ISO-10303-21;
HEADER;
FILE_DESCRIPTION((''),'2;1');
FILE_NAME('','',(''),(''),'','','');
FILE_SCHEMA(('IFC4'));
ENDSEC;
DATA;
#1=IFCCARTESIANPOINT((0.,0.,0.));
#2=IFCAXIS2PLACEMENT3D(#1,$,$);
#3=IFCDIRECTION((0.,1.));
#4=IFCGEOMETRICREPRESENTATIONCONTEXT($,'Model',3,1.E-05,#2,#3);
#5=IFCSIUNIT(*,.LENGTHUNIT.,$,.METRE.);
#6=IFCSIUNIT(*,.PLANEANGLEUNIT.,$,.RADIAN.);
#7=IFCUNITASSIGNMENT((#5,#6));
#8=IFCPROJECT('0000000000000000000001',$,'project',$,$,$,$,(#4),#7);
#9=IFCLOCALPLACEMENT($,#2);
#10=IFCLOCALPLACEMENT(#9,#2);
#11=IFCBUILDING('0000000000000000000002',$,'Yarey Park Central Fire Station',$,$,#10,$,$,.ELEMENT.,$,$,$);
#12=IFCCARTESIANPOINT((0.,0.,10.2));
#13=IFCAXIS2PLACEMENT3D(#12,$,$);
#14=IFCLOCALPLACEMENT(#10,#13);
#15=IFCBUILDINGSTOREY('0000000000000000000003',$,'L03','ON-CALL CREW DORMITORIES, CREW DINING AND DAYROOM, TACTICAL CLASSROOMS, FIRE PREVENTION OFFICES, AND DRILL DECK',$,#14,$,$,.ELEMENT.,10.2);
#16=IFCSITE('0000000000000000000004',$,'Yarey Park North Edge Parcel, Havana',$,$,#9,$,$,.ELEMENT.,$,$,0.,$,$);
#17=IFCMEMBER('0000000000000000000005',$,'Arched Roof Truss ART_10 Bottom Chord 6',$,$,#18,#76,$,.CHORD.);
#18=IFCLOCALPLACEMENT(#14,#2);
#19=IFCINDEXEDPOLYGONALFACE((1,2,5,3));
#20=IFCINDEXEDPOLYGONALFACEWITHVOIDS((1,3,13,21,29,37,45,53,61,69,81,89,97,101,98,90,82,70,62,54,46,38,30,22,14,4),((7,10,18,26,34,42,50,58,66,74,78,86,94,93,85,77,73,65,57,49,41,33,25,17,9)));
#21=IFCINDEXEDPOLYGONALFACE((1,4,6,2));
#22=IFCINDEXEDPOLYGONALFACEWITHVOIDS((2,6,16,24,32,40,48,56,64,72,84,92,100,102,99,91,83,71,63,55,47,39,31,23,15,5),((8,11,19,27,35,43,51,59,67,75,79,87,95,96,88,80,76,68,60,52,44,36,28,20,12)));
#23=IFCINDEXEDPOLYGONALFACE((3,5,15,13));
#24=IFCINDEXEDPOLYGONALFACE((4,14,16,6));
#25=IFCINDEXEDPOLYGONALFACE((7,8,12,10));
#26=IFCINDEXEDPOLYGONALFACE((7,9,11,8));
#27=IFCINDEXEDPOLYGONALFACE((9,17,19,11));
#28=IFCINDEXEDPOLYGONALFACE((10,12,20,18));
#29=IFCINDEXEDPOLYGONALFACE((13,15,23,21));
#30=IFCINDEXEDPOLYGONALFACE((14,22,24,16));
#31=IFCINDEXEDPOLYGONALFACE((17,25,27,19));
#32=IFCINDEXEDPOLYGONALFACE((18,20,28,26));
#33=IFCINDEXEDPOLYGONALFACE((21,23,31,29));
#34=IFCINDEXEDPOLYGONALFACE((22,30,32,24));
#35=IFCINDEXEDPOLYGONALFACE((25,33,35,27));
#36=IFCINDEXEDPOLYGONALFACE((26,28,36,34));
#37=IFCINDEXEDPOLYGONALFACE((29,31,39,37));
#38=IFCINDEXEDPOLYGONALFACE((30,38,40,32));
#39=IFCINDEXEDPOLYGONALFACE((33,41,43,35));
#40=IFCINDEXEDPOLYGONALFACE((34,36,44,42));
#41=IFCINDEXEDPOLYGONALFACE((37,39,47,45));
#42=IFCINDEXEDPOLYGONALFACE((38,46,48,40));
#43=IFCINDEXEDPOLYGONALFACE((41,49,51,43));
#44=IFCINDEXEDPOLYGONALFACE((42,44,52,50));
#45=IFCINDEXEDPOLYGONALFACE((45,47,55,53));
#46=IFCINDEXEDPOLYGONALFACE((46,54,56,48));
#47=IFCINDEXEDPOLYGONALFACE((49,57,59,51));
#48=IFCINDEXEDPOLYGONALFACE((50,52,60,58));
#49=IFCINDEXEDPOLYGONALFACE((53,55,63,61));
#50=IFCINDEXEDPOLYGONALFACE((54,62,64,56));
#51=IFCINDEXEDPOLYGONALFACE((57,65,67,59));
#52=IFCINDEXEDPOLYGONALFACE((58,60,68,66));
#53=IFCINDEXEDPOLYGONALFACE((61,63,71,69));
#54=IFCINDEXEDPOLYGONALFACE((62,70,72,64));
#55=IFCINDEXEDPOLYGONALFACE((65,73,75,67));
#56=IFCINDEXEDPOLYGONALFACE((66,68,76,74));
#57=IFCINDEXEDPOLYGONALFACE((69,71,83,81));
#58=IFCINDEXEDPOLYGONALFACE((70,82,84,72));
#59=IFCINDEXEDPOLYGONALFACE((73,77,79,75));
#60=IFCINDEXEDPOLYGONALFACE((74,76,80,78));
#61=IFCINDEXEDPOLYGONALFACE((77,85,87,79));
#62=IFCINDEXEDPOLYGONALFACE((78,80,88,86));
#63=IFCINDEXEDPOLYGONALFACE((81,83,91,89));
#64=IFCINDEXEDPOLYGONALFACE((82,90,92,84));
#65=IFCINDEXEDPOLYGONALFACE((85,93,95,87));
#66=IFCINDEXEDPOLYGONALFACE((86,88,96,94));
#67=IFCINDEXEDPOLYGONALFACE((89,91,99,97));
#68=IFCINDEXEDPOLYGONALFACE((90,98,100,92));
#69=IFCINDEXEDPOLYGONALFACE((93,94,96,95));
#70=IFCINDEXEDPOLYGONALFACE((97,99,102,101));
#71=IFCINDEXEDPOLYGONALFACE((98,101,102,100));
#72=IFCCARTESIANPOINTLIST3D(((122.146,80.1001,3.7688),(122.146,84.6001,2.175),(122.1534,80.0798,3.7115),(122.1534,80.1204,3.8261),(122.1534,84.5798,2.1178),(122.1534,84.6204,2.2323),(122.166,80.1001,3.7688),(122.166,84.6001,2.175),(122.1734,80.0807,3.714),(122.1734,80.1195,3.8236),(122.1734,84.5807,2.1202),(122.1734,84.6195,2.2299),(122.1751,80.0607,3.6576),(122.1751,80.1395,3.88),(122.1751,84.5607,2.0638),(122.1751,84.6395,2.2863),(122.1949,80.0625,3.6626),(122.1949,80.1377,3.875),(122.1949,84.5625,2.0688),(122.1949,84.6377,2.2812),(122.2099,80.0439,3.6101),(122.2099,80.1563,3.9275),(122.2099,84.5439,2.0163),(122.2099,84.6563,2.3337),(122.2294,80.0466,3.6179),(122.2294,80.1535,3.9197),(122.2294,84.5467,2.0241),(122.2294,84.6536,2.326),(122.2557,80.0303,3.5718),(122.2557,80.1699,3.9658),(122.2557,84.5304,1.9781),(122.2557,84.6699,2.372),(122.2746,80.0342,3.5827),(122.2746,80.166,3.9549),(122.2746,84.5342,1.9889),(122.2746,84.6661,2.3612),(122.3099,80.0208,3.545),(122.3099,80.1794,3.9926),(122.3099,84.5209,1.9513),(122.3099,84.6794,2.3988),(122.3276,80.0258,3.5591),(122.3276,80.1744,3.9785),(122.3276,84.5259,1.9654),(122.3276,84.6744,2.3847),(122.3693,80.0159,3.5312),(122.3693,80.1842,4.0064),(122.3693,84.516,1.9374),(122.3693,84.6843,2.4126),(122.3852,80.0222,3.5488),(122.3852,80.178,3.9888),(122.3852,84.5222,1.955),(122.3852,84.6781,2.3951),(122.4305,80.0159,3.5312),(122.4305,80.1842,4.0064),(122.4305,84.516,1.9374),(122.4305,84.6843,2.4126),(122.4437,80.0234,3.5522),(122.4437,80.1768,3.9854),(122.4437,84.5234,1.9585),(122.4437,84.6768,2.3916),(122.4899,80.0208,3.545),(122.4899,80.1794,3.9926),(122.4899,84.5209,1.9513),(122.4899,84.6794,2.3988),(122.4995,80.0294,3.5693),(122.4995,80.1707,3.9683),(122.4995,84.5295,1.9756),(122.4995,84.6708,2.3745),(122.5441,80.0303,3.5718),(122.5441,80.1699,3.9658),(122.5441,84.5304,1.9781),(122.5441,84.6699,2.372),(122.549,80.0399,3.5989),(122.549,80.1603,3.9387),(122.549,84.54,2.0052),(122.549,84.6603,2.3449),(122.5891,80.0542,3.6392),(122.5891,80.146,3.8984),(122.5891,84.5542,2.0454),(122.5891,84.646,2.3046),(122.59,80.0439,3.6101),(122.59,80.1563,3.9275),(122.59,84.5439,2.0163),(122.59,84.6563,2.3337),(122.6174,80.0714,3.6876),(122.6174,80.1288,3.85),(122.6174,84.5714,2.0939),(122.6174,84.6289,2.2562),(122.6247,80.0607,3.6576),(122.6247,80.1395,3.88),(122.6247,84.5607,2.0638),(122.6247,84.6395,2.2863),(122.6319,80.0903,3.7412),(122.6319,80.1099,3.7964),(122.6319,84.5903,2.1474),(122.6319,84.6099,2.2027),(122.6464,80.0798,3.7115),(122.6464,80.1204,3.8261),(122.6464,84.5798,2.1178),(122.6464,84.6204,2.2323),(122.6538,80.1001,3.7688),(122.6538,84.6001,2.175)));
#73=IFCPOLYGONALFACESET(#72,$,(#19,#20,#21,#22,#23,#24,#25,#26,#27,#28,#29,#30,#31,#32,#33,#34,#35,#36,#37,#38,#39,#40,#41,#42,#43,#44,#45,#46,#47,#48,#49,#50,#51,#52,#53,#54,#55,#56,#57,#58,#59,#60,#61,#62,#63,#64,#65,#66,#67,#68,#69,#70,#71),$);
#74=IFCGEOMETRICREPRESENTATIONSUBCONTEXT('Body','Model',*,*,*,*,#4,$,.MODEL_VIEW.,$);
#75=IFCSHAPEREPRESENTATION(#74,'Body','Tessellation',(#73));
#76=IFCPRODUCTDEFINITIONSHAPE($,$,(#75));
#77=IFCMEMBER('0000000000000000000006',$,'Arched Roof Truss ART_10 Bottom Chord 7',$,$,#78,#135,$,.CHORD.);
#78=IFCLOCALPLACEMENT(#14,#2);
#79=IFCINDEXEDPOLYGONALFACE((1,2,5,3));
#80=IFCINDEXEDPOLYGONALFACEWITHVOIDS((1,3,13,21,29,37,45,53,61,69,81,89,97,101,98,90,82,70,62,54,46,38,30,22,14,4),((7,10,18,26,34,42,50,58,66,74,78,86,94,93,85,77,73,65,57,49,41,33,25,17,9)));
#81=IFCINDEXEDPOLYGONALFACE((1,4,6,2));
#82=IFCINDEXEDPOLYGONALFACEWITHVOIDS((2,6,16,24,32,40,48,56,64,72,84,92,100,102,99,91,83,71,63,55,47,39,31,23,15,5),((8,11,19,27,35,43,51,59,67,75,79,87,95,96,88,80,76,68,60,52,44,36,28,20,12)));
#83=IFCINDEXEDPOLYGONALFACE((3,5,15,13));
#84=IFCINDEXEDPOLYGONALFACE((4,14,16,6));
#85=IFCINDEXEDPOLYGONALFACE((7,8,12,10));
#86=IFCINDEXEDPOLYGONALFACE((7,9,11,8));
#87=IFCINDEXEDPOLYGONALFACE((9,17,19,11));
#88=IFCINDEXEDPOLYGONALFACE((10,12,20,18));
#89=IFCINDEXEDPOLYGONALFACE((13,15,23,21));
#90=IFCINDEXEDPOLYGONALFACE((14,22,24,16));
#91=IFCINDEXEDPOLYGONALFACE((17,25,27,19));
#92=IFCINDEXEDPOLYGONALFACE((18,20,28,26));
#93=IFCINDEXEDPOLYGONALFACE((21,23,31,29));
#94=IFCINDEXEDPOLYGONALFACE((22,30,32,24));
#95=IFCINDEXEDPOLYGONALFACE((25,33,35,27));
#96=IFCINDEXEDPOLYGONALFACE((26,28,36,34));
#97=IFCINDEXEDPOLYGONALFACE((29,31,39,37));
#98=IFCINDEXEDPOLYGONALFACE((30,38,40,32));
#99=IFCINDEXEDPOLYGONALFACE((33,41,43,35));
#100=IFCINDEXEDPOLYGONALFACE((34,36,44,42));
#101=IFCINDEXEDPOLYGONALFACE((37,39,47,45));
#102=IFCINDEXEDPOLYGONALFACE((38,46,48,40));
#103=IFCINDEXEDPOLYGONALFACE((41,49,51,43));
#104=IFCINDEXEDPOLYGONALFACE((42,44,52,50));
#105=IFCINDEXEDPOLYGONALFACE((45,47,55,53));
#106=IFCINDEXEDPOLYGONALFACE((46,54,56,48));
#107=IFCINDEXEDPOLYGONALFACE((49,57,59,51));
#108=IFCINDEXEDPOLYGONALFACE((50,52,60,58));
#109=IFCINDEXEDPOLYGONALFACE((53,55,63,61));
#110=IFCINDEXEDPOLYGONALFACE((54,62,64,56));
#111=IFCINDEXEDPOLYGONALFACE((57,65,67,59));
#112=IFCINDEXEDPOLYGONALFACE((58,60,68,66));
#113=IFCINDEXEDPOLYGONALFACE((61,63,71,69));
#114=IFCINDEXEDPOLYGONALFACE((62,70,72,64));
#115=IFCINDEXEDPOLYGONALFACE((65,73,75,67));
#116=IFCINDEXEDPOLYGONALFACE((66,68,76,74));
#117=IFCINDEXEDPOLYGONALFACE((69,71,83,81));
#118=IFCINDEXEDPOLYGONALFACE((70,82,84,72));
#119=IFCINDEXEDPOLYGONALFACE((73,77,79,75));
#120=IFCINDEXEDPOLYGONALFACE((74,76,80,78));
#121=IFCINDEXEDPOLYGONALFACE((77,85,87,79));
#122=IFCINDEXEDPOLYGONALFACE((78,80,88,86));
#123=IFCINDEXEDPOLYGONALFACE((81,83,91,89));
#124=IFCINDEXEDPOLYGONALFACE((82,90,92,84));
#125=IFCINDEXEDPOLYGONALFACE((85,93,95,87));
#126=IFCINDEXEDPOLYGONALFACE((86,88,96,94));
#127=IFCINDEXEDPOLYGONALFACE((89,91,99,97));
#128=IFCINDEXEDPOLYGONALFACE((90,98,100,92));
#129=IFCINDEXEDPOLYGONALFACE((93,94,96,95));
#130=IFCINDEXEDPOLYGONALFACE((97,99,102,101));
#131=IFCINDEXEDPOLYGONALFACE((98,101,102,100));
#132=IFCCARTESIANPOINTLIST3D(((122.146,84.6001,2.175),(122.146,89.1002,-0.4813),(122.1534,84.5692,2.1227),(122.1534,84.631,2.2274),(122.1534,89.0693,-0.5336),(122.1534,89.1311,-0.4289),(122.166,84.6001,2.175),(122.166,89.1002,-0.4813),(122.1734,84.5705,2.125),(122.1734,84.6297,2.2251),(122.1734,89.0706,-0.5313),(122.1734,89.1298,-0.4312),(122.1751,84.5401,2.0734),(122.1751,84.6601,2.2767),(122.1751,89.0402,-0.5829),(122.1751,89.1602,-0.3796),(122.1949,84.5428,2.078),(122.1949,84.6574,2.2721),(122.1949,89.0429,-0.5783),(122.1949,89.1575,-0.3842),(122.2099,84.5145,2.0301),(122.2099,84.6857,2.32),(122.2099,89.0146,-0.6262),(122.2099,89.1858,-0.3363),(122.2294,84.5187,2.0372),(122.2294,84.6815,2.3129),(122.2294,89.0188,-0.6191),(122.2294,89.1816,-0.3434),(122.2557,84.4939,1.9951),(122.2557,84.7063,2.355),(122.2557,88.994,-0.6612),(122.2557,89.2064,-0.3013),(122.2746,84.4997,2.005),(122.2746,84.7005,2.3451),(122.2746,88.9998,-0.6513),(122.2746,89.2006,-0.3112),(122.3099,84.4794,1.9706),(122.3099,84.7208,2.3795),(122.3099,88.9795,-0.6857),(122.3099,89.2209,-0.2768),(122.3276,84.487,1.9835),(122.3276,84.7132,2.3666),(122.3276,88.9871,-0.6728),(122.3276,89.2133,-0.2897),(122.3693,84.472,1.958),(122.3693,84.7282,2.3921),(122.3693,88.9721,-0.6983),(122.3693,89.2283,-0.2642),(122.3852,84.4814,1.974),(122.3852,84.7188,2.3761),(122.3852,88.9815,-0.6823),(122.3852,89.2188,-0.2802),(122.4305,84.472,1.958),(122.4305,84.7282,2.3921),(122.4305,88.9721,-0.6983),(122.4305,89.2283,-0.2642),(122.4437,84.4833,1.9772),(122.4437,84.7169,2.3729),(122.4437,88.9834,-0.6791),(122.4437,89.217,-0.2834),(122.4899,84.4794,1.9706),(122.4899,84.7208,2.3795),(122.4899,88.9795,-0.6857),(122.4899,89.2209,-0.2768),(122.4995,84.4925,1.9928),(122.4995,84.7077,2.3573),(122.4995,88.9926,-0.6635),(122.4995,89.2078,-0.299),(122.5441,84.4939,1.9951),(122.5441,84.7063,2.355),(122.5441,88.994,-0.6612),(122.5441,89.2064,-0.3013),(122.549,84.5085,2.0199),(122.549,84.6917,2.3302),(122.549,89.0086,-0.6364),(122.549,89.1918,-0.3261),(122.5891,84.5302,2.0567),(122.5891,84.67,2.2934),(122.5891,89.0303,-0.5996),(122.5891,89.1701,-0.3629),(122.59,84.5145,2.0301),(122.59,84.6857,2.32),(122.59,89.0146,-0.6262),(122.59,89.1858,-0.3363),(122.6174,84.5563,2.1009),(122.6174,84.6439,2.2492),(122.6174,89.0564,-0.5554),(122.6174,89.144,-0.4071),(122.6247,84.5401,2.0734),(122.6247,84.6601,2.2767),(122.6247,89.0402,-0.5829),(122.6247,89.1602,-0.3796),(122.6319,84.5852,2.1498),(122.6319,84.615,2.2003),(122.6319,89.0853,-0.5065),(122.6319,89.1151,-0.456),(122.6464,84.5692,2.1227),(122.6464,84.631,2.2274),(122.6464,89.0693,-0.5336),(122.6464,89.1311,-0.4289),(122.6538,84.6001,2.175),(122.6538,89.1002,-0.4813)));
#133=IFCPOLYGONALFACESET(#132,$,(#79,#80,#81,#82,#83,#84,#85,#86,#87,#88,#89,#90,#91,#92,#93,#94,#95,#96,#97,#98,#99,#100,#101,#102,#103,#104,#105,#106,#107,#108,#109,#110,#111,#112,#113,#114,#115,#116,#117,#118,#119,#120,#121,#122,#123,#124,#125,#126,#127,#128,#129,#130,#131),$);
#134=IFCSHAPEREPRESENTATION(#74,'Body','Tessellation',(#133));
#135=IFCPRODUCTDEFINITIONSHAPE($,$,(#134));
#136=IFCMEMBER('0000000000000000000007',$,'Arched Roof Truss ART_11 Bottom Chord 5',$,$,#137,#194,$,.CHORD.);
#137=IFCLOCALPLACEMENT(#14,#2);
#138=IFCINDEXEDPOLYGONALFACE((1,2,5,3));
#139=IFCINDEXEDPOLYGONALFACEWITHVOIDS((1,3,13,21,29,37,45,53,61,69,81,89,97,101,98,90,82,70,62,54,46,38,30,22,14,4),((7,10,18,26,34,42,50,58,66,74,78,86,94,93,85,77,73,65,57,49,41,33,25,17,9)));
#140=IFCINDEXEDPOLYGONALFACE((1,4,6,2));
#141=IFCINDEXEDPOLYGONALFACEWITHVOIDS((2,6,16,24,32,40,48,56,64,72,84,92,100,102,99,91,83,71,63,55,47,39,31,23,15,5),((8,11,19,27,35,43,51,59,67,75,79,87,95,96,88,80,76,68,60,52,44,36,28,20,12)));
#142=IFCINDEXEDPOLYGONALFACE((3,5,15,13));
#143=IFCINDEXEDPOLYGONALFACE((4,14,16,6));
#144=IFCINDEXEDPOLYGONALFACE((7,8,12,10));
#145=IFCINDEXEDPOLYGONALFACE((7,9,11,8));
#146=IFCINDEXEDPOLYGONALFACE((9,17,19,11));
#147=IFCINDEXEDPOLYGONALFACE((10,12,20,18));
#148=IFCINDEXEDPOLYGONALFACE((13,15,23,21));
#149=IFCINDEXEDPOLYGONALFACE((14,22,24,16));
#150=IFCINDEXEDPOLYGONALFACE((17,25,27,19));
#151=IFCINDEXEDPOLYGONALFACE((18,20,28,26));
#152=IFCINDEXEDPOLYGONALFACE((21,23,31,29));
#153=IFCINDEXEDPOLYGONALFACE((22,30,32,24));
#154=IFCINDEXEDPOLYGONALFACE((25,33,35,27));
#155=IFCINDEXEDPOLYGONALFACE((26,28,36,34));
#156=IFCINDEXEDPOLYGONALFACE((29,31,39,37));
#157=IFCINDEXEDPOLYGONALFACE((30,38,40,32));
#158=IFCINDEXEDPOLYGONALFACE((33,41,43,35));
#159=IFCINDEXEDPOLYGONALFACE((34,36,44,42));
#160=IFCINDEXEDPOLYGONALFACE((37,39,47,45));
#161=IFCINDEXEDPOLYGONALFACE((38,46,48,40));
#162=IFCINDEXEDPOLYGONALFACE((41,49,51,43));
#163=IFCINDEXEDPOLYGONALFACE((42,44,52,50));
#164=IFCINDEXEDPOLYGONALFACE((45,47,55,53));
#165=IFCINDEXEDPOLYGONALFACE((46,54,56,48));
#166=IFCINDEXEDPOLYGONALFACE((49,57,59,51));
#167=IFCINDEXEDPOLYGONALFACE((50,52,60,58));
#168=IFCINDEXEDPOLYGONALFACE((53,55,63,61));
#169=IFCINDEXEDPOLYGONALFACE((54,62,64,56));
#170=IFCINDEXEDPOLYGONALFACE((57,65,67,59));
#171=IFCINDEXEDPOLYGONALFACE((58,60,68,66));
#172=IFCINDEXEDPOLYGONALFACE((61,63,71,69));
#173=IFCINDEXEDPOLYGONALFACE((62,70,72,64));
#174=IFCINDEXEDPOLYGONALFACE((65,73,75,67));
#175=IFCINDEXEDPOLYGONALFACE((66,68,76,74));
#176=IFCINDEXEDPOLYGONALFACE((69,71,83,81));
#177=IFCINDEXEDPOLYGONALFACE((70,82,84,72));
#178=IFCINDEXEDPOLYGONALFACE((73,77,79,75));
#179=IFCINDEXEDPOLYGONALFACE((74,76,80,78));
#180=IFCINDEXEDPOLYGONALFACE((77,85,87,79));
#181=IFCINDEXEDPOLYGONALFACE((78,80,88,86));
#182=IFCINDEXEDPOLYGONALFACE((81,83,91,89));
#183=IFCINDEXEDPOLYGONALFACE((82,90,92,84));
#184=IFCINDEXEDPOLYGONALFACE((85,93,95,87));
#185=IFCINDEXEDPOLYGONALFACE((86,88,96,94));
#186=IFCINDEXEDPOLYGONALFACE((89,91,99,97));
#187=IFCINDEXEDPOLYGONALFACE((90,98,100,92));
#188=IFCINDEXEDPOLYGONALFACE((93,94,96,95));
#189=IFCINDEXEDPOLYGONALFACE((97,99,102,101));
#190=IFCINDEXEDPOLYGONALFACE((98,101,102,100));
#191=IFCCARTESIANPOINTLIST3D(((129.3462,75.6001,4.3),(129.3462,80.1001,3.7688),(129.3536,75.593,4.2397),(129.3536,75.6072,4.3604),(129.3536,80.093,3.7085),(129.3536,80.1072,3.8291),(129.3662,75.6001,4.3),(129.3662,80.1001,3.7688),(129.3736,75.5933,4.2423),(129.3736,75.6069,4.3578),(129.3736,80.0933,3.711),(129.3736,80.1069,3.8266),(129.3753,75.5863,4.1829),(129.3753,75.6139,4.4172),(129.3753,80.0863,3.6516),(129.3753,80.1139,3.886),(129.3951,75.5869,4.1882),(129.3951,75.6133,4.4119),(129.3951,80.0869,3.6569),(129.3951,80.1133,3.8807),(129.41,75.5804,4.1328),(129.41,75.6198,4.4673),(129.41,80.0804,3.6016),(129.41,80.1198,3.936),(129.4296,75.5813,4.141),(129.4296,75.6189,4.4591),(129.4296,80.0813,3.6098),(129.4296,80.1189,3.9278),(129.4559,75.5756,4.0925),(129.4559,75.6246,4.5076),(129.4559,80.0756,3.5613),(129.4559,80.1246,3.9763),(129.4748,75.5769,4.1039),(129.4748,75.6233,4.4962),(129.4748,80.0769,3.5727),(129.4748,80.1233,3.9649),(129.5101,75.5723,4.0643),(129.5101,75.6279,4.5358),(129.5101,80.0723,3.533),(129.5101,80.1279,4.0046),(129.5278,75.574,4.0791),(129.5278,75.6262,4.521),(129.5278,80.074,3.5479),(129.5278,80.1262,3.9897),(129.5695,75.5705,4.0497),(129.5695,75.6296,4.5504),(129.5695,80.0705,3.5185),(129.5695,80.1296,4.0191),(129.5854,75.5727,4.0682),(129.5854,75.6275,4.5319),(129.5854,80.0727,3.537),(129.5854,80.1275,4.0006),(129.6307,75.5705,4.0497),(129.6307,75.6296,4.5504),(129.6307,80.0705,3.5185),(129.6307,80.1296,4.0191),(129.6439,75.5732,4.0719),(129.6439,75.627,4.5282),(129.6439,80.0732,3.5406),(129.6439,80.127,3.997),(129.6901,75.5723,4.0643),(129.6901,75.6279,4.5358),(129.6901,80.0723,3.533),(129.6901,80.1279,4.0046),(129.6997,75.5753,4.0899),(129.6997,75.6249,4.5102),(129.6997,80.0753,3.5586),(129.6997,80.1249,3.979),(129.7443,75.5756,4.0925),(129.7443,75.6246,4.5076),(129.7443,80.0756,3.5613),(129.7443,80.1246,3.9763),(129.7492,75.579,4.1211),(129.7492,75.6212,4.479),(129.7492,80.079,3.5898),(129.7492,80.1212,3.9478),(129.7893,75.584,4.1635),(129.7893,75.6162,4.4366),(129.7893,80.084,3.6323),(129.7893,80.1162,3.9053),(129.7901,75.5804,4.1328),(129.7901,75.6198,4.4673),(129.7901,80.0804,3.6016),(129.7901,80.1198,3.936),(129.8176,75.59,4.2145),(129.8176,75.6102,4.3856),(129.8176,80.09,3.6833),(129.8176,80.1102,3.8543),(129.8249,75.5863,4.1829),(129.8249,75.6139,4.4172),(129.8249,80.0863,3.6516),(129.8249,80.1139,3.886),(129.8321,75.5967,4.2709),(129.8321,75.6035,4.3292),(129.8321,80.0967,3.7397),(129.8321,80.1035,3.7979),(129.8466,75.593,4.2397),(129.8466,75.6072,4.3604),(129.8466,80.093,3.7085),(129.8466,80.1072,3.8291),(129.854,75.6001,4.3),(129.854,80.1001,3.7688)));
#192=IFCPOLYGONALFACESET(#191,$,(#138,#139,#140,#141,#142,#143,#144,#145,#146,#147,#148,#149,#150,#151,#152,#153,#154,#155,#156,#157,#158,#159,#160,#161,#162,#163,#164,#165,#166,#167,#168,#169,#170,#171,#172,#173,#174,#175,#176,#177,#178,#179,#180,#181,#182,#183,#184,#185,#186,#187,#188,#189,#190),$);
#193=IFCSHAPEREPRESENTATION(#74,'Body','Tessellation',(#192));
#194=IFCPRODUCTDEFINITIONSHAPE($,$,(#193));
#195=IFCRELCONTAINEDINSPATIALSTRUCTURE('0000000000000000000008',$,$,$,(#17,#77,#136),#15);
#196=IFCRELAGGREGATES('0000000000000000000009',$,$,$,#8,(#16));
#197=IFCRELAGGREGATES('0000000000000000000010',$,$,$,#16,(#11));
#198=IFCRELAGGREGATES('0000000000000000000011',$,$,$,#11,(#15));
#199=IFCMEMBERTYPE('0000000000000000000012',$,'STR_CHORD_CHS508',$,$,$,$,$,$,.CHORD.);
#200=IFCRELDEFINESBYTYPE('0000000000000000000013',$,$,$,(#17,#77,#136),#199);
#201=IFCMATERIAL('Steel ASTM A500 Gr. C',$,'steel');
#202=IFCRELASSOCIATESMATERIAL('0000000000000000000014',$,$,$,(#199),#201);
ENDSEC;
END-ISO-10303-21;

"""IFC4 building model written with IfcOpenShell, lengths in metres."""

from ifc_helpers import new_model, si_unit, direction, frame, origin, origin_2d, place, context, subcontext, project, spatial, hollow_circle, extrude, material, material_profile, profile_set, type_object, element, save


model = new_model("IFC4")

# Units and contexts
model_context = context("Model", 3, precision=1e-05, world=origin(), true_north=direction((0.0, 1.0)))
body_context = subcontext(model_context, "Body", "Model", "MODEL_VIEW")
ifc_project = project(units=[si_unit("LENGTHUNIT", "METRE"), si_unit("PLANEANGLEUNIT", "RADIAN")], contexts=[model_context])

# Site, building, storey
site_placement = place(None, origin())
site = spatial("IfcSite", under=ifc_project, at=site_placement, Name="Yarey Park North Edge Parcel, Havana", CompositionType="ELEMENT", RefElevation=0.0)
building_placement = place(site_placement, origin())
building = spatial("IfcBuilding", under=site, at=building_placement, Name="Yarey Park Central Fire Station", CompositionType="ELEMENT")
storey_placement = place(building_placement, frame((0.0, 0.0, 10.2)))
storey = spatial("IfcBuildingStorey", under=building, at=storey_placement, Name="L03", Description="ON-CALL CREW DORMITORIES, CREW DINING AND DAYROOM, TACTICAL CLASSROOMS, FIRE PREVENTION OFFICES, AND DRILL DECK", CompositionType="ELEMENT", Elevation=10.2)

# Members
ifc_material_1 = material(Name="Steel ASTM A500 Gr. C", Category="steel")
ifc_material_profile_1 = material_profile(ifc_material_1, hollow_circle(Radius=0.2539, WallThickness=0.02, at=origin_2d()), Name="CHS 508x20")
ifc_profile_set_1 = profile_set([ifc_material_profile_1], Name="Steel ASTM A500 Gr. C")
member_type_1 = type_object("IfcMemberType", Name="STR_CHORD_CHS508", PredefinedType="CHORD", material=ifc_profile_set_1)
member_1_placement = place(storey_placement, frame((122.3999, 80.1001, 3.7688), z_axis=(0.0, 0.942627, -0.333847), x_axis=(-1.0, 0.0, 0.0)))
element("IfcMember", 1, at=member_1_placement, inside=storey, type_object=member_type_1, Name="Arched Roof Truss ART_10 Bottom Chord 6", PredefinedType="CHORD", context=body_context, shape_type="SweptSolid", body=[
    extrude(hollow_circle(Radius=0.2539, WallThickness=0.02, at=origin_2d()), origin(), (0.0, 0.0, 1.0), 4.7739),
])
member_2_placement = place(storey_placement, frame((122.3999, 84.6001, 2.175), z_axis=(0.0, 0.861165, -0.508326), x_axis=(-1.0, 0.0, 0.0)))
element("IfcMember", 2, at=member_2_placement, inside=storey, type_object=member_type_1, Name="Arched Roof Truss ART_10 Bottom Chord 7", PredefinedType="CHORD", context=body_context, shape_type="SweptSolid", body=[
    extrude(hollow_circle(Radius=0.2539, WallThickness=0.02, at=origin_2d()), origin(), (0.0, 0.0, 1.0), 5.2256),
])
member_3_placement = place(storey_placement, frame((129.6001, 75.6001, 4.3), z_axis=(0.0, 0.993103, -0.117241), x_axis=(-1.0, 0.0, 0.0)))
element("IfcMember", 3, at=member_3_placement, inside=storey, type_object=member_type_1, Name="Arched Roof Truss ART_11 Bottom Chord 5", PredefinedType="CHORD", context=body_context, shape_type="SweptSolid", body=[
    extrude(hollow_circle(Radius=0.2539, WallThickness=0.02, at=origin_2d()), origin(), (0.0, 0.0, 1.0), 4.5312),
])

save(model, "model.ifc")
